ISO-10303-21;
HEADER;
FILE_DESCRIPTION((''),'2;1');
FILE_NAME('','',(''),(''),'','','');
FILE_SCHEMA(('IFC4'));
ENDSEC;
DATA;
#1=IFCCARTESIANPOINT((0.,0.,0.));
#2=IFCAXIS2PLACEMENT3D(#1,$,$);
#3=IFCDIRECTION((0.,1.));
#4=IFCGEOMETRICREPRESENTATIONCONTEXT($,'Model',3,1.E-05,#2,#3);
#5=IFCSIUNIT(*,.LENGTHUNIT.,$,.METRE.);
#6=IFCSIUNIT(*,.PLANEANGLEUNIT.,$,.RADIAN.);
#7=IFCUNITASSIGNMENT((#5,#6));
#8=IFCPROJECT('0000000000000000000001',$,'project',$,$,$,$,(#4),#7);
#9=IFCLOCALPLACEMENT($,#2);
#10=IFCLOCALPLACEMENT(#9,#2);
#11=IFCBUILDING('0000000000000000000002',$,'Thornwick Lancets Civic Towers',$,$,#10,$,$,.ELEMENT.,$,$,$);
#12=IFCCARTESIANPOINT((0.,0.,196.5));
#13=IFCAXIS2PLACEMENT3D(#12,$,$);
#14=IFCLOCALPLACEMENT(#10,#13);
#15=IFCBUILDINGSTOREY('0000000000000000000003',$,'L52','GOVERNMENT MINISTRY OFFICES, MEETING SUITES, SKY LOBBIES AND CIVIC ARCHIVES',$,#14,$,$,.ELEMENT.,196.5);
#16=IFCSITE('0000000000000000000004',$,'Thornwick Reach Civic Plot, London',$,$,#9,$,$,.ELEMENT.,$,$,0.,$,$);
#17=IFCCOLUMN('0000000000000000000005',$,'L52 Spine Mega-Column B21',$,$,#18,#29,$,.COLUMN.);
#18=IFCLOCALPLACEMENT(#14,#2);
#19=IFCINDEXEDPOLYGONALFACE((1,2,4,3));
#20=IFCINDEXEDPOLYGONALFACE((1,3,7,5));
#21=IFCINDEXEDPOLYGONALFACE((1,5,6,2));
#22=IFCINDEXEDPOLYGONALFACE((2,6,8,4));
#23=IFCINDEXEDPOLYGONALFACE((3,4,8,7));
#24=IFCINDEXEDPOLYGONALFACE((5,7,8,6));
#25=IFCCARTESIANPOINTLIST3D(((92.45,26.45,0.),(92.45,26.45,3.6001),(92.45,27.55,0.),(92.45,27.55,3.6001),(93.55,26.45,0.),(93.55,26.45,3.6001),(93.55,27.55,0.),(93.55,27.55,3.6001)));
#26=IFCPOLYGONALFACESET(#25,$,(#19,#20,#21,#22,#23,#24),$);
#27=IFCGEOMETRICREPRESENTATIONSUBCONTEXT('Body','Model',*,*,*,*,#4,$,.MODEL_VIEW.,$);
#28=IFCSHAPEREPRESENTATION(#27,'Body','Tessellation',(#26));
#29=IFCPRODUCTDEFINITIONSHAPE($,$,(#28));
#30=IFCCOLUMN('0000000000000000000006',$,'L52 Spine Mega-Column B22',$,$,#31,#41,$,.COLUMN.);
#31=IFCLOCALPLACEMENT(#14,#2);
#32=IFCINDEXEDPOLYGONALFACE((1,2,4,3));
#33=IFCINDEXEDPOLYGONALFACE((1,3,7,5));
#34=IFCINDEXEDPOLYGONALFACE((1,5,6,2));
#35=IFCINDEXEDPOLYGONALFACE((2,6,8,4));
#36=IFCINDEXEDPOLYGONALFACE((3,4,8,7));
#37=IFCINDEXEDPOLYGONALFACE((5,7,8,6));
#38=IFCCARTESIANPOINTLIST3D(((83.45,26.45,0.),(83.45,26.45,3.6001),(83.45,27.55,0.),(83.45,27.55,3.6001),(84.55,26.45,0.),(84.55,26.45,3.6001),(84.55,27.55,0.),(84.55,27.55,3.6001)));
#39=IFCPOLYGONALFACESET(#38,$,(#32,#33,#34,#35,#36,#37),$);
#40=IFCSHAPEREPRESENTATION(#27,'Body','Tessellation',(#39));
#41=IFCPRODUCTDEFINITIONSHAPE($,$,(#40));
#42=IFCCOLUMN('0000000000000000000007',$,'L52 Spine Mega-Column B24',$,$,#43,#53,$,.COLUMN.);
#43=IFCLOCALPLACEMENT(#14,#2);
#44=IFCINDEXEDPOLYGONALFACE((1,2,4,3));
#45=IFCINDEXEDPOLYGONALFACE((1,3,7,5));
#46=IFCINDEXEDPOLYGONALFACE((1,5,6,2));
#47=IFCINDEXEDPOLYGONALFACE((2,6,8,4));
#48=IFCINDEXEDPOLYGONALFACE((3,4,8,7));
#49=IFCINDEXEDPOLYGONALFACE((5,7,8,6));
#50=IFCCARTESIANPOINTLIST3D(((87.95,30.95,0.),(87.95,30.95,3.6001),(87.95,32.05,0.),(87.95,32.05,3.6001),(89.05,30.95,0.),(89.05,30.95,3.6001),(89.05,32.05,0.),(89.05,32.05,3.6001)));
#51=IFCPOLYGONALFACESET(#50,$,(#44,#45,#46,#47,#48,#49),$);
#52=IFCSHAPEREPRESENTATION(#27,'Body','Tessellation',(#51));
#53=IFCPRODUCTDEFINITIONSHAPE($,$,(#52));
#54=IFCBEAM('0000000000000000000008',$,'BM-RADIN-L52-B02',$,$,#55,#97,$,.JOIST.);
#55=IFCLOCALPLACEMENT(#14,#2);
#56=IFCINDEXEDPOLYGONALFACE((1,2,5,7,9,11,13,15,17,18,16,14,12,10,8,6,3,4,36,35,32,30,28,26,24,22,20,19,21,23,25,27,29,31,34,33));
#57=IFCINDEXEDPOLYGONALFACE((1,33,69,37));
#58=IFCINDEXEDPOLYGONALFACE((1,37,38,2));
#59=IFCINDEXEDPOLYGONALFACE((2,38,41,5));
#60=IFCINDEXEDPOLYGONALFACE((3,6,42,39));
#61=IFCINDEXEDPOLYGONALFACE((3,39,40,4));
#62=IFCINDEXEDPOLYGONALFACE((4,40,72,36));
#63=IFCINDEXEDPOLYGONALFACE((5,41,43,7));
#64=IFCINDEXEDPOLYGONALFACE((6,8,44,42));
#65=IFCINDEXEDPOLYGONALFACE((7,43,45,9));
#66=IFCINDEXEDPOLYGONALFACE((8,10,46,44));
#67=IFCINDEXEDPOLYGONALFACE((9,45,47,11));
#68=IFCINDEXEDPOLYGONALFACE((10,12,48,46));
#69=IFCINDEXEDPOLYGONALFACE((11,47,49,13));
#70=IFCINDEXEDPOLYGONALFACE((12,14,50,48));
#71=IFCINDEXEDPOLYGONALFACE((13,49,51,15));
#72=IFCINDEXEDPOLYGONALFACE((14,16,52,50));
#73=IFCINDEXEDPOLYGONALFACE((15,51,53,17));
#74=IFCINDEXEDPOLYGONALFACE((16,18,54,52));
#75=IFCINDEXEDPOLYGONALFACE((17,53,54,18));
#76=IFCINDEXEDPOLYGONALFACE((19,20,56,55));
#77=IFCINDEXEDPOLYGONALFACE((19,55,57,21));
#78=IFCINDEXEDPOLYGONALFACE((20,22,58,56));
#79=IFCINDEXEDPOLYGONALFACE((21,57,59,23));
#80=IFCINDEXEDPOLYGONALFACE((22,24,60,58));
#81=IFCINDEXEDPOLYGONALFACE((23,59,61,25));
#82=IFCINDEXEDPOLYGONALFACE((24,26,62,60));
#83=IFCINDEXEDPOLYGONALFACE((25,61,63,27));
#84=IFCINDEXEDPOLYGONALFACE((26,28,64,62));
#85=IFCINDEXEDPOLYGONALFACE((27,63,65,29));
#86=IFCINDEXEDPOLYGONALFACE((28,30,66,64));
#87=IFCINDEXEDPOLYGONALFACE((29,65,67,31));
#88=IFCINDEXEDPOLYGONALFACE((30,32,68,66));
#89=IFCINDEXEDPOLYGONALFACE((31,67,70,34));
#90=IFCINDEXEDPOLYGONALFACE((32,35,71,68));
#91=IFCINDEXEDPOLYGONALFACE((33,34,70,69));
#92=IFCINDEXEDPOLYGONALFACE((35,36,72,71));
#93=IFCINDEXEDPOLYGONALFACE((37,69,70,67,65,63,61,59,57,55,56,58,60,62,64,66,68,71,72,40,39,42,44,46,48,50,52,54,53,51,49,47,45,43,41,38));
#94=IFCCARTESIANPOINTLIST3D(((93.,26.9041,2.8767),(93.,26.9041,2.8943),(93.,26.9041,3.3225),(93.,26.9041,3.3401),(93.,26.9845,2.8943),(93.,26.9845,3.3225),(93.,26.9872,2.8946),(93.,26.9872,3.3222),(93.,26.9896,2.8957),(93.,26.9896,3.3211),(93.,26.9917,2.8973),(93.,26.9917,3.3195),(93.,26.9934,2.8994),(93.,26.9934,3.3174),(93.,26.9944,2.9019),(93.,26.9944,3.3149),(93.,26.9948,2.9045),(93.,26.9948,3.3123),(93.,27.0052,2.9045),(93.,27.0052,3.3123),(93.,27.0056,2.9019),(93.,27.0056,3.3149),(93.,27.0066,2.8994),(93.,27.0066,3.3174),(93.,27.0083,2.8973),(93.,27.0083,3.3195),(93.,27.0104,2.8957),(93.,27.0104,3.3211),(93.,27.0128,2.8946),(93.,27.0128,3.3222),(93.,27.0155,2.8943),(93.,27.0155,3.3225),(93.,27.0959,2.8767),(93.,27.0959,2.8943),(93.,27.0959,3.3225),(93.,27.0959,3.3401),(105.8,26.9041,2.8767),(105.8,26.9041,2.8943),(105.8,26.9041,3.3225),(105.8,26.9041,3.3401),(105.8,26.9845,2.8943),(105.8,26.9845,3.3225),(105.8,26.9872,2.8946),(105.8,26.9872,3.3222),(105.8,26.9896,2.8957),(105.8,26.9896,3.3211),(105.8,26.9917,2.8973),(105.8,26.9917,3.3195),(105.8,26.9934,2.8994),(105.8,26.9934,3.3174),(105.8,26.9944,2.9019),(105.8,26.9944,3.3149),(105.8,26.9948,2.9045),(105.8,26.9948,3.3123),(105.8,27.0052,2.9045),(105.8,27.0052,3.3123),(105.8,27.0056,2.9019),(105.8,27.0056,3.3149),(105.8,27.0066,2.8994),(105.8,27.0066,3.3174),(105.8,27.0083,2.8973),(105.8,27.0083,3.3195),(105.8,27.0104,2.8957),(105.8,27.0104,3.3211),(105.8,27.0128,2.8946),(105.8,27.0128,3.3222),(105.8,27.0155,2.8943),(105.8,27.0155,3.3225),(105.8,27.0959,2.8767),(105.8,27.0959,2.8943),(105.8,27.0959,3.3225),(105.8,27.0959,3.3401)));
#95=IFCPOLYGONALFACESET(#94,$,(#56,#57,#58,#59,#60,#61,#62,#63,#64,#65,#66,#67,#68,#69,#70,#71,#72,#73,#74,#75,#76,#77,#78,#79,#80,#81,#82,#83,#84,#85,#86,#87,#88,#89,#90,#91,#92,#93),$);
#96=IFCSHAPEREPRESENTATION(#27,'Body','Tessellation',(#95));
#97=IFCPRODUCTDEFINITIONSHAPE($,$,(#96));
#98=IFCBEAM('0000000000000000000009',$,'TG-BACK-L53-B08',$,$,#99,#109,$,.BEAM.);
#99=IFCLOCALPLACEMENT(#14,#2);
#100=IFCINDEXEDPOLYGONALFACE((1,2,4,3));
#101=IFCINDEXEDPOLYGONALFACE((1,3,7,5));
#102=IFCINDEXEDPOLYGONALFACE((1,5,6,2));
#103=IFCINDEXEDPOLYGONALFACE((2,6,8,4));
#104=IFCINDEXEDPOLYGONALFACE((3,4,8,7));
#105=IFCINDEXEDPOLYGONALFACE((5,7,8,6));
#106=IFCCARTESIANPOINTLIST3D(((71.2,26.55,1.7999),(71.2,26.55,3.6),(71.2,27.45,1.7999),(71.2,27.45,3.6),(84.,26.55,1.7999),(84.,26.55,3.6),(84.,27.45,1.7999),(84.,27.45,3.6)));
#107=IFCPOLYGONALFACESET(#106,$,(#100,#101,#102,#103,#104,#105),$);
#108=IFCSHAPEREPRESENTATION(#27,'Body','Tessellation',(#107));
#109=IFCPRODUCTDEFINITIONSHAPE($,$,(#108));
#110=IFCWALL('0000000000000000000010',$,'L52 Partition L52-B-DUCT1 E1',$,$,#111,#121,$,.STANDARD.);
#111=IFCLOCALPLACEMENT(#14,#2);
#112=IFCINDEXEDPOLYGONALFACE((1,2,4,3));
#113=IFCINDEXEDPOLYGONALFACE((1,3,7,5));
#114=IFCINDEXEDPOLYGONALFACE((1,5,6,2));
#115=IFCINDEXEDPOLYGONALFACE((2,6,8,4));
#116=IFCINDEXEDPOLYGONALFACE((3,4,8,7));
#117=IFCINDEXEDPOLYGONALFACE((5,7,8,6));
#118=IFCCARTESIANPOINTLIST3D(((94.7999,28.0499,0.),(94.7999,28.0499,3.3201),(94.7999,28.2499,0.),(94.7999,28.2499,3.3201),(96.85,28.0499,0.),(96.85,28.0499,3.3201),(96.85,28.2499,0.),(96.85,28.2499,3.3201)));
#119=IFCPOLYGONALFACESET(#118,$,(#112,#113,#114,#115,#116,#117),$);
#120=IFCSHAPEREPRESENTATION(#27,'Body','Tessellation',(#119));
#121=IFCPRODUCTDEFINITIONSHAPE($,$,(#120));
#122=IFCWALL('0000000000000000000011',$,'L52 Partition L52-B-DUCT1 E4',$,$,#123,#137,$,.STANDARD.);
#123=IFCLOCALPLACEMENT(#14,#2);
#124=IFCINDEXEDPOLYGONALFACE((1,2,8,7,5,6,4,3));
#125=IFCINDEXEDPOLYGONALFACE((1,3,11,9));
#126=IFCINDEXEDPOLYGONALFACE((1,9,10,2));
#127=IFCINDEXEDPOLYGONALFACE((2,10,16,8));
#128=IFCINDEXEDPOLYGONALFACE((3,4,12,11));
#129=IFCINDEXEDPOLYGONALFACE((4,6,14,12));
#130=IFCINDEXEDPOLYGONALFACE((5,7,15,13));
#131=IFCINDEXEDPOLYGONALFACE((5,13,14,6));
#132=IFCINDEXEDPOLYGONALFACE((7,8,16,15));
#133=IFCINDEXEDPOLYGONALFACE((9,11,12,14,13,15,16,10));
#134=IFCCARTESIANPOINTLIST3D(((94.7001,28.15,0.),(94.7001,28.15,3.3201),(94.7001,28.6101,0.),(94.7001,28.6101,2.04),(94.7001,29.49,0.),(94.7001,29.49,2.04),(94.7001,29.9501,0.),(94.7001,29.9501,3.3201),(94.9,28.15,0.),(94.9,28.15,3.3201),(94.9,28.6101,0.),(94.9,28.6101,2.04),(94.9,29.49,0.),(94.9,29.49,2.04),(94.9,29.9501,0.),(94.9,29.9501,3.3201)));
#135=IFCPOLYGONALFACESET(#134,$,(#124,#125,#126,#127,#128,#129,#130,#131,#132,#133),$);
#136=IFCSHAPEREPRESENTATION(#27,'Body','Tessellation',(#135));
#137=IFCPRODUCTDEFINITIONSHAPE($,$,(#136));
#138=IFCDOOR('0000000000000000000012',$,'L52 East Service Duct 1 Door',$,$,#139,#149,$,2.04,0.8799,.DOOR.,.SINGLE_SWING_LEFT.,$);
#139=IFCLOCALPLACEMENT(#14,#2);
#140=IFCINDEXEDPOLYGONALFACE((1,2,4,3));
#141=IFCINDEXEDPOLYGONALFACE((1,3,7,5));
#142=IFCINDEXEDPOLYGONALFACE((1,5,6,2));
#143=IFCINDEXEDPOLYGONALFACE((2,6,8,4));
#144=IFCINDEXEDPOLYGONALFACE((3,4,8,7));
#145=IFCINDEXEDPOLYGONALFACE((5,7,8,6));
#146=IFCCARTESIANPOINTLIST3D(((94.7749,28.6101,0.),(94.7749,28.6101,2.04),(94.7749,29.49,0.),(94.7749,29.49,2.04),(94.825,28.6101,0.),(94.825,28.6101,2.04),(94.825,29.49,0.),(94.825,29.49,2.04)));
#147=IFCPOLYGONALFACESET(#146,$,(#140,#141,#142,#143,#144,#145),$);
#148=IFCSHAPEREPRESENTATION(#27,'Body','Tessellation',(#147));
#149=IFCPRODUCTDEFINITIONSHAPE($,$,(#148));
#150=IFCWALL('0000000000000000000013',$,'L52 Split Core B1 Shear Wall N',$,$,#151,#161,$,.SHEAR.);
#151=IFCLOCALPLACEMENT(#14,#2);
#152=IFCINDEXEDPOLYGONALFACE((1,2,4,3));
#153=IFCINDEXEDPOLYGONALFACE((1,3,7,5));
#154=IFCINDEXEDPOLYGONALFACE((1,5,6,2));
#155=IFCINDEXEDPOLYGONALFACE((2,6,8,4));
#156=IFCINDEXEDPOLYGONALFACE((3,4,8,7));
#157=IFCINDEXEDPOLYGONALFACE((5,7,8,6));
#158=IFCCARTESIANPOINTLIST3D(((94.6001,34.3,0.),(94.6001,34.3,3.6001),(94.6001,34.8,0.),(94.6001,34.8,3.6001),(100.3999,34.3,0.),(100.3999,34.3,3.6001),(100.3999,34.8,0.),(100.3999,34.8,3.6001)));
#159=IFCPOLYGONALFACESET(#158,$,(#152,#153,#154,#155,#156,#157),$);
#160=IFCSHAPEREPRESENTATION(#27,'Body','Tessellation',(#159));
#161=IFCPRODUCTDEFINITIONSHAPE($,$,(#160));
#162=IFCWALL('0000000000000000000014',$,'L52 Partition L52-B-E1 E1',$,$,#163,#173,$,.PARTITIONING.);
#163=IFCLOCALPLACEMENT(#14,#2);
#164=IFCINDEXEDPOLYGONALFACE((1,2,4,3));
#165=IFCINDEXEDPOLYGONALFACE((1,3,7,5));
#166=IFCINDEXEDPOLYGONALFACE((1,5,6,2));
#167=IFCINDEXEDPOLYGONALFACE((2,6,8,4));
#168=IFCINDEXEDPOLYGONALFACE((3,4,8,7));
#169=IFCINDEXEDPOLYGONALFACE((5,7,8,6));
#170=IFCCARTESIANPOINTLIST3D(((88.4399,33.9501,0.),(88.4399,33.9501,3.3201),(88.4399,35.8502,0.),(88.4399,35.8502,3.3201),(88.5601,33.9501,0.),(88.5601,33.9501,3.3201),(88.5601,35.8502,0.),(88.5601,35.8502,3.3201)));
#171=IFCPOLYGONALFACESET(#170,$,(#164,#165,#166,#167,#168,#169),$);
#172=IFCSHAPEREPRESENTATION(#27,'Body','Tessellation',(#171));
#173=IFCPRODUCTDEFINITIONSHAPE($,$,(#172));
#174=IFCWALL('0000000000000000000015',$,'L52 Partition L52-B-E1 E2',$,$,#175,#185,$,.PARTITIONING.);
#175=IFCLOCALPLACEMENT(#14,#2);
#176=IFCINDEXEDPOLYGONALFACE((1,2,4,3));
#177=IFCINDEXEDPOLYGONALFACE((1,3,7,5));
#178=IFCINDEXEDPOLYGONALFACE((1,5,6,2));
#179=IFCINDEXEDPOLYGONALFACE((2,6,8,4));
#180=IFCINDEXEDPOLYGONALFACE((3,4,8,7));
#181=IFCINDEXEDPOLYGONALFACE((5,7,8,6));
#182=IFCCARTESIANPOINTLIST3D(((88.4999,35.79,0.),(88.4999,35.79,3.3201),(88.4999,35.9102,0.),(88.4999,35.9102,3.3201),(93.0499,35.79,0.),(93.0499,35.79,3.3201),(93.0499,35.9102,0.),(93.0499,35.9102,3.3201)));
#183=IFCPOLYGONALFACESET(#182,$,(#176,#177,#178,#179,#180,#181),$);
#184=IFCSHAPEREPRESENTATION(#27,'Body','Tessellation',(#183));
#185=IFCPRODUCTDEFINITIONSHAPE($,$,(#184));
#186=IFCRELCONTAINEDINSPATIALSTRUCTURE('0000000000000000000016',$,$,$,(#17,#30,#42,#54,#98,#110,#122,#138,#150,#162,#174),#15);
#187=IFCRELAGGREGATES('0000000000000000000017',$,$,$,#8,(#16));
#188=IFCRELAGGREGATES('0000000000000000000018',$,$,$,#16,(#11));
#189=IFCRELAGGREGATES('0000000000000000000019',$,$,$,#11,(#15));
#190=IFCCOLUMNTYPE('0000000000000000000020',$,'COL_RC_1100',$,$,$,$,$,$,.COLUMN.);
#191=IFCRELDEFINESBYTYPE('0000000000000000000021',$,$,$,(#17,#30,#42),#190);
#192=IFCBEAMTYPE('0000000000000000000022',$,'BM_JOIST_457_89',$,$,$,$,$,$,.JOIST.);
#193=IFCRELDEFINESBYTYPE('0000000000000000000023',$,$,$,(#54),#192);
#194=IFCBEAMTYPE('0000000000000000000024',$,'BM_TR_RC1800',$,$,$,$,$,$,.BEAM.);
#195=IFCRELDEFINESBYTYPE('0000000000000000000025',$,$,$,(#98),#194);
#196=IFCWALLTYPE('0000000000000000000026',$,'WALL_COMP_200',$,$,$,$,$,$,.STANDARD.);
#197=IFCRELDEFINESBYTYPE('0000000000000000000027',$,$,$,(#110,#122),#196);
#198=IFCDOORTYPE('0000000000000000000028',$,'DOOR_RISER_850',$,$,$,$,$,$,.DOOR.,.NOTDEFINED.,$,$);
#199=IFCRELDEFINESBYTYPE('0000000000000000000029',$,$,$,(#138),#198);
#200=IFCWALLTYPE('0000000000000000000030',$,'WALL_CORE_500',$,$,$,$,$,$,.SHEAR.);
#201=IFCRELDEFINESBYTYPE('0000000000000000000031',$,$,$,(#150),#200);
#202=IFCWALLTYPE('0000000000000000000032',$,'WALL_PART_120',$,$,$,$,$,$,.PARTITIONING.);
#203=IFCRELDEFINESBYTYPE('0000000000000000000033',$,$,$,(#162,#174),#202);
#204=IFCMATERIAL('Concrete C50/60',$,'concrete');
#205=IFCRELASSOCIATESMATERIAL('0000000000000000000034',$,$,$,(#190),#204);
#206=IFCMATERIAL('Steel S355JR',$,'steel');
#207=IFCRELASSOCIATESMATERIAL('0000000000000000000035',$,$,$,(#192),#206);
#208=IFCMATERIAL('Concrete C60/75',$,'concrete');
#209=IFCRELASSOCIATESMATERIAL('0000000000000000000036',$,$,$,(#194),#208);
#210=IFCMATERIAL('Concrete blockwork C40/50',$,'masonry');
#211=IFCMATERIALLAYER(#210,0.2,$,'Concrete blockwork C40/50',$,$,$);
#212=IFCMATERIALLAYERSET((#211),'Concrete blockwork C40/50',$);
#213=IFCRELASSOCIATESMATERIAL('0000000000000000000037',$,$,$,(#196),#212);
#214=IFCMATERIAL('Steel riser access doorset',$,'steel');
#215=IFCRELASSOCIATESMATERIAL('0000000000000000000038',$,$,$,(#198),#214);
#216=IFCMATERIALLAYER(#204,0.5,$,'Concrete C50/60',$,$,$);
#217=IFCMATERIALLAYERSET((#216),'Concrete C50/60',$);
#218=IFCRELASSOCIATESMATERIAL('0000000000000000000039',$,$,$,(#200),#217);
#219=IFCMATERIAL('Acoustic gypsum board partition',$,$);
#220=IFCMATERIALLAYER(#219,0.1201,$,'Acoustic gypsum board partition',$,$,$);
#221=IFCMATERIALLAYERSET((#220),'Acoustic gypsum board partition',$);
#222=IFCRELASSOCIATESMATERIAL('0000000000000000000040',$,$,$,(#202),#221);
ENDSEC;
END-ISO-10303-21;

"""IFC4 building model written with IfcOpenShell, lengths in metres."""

from ifc_helpers import new_model, si_unit, direction, frame, frame_2d, origin, origin_2d, place, context, subcontext, project, spatial, rectangle, i_section, extrude, material, layer, layer_set, material_profile, profile_set, type_object, element, fill, save


model = new_model("IFC4")

# Units and contexts
model_context = context("Model", 3, precision=1e-05, world=origin(), true_north=direction((0.0, 1.0)))
body_context = subcontext(model_context, "Body", "Model", "MODEL_VIEW")
ifc_project = project(units=[si_unit("LENGTHUNIT", "METRE"), si_unit("PLANEANGLEUNIT", "RADIAN")], contexts=[model_context])

# Site, building, storey
site_placement = place(None, origin())
site = spatial("IfcSite", under=ifc_project, at=site_placement, Name="Thornwick Reach Civic Plot, London", CompositionType="ELEMENT", RefElevation=0.0)
building_placement = place(site_placement, origin())
building = spatial("IfcBuilding", under=site, at=building_placement, Name="Thornwick Lancets Civic Towers", CompositionType="ELEMENT")
storey_placement = place(building_placement, frame((0.0, 0.0, 196.5)))
storey = spatial("IfcBuildingStorey", under=building, at=storey_placement, Name="L52", Description="GOVERNMENT MINISTRY OFFICES, MEETING SUITES, SKY LOBBIES AND CIVIC ARCHIVES", CompositionType="ELEMENT", Elevation=196.5)

# Columns
ifc_material_1 = material(Name="Concrete C50/60", Category="concrete")
ifc_material_profile_1 = material_profile(ifc_material_1, rectangle(XDim=1.1001, YDim=1.1001, at=origin_2d()), Name="RC 1100x1100")
ifc_profile_set_1 = profile_set([ifc_material_profile_1], Name="Concrete C50/60")
column_type = type_object("IfcColumnType", Name="COL_RC_1100", PredefinedType="COLUMN", material=ifc_profile_set_1)
for number, where, z_axis, x_axis, name in (
    (1, (93.0, 27.0, 0.0), (0.0, 0.0, 1.0), (1.0, 0.0, 0.0), "L52 Spine Mega-Column B21"),
    (2, (84.0, 27.0, 0.0), (0.0, 0.0, 1.0), (1.0, 0.0, 0.0), "L52 Spine Mega-Column B22"),
    (3, (88.5, 31.5, 0.0), (0.0, 0.0, 1.0), (1.0, 0.0, 0.0), "L52 Spine Mega-Column B24"),
):
    element("IfcColumn", number, at=place(storey_placement, frame(where, z_axis=z_axis, x_axis=x_axis)), inside=storey, type_object=column_type, Name=name, PredefinedType="COLUMN", context=body_context, shape_type="SweptSolid", body=[
        extrude(rectangle(XDim=1.1001, YDim=1.1001, at=origin_2d()), origin(), (0.0, 0.0, 1.0), 3.6001),
    ])

# Beams
ifc_material_2 = material(Name="Steel S355JR", Category="steel")
ifc_material_profile_2 = material_profile(ifc_material_2, i_section(OverallWidth=0.1919, OverallDepth=0.4634, WebThickness=0.0105, FlangeThickness=0.0176, FilletRadius=0.0103, at=origin_2d()), Name="UKB 457x191x89")
ifc_profile_set_2 = profile_set([ifc_material_profile_2], Name="Steel S355JR")
beam_type_1 = type_object("IfcBeamType", Name="BM_JOIST_457_89", PredefinedType="JOIST", material=ifc_profile_set_2)
beam_1_placement = place(storey_placement, frame((93.0, 27.0, 3.1084), z_axis=(1.0, 0.0, 0.0), x_axis=(0.0, 1.0, 0.0)))
element("IfcBeam", 4, at=beam_1_placement, inside=storey, type_object=beam_type_1, Name="BM-RADIN-L52-B02", PredefinedType="JOIST", context=body_context, shape_type="SweptSolid", body=[
    extrude(i_section(OverallWidth=0.1919, OverallDepth=0.4634, WebThickness=0.0105, FlangeThickness=0.0176, FilletRadius=0.0103, at=origin_2d()), origin(), (0.0, 0.0, 1.0), 12.8),
])
ifc_material_3 = material(Name="Concrete C60/75", Category="concrete")
ifc_material_profile_3 = material_profile(ifc_material_3, rectangle(XDim=0.8999, YDim=1.8, at=origin_2d()), Name="RC 900x1800")
ifc_profile_set_3 = profile_set([ifc_material_profile_3], Name="Concrete C60/75")
beam_type_2 = type_object("IfcBeamType", Name="BM_TR_RC1800", PredefinedType="BEAM", material=ifc_profile_set_3)
beam_2_placement = place(storey_placement, frame((84.0, 27.0, 2.7), z_axis=(-1.0, 0.0, 0.0), x_axis=(0.0, -1.0, 0.0)))
element("IfcBeam", 5, at=beam_2_placement, inside=storey, type_object=beam_type_2, Name="TG-BACK-L53-B08", PredefinedType="BEAM", context=body_context, shape_type="SweptSolid", body=[
    extrude(rectangle(XDim=0.8999, YDim=1.8, at=origin_2d()), origin(), (0.0, 0.0, 1.0), 12.8),
])

# Wall
ifc_material_4 = material(Name="Concrete blockwork C40/50", Category="masonry")
ifc_layer_1 = layer(ifc_material_4, 0.2, Name="Concrete blockwork C40/50")
ifc_layer_set_1 = layer_set([ifc_layer_1], Name="Concrete blockwork C40/50")
wall_type_1 = type_object("IfcWallType", Name="WALL_COMP_200", PredefinedType="STANDARD", material=ifc_layer_set_1)
wall_1_placement = place(storey_placement, frame((94.8, 28.1499, 0.0), z_axis=(0.0, 0.0, 1.0), x_axis=(1.0, 0.0, 0.0)))
element("IfcWall", 6, at=wall_1_placement, inside=storey, type_object=wall_type_1, Name="L52 Partition L52-B-DUCT1 E1", PredefinedType="STANDARD", context=body_context, shape_type="SweptSolid", body=[
    extrude(rectangle(XDim=2.05, YDim=0.2, at=frame_2d((1.0249, 0.0))), origin(), (0.0, 0.0, 1.0), 3.3201),
])

# Wall, opening, door
wall_2_placement = place(storey_placement, frame((94.8, 29.95, 0.0), z_axis=(0.0, 0.0, 1.0), x_axis=(0.0, -1.0, 0.0)))
wall_2 = element("IfcWall", 7, at=wall_2_placement, inside=storey, type_object=wall_type_1, Name="L52 Partition L52-B-DUCT1 E4", PredefinedType="STANDARD", context=body_context, shape_type="SweptSolid", body=[
    extrude(rectangle(XDim=1.8, YDim=0.2, at=frame_2d((0.8999, 0.0))), origin(), (0.0, 0.0, 1.0), 3.3201),
])
opening_1_placement = place(wall_2_placement, frame((0.46, 0.0, 0.0)))
opening_1 = element("IfcOpeningElement", 8, at=opening_1_placement, cuts=wall_2, PredefinedType="OPENING", context=body_context, shape_type="SweptSolid", body=[
    extrude(rectangle(XDim=0.8799, YDim=2.04, at=frame_2d((0.4399, 1.02))), frame((0.0, 0.1099, 0.0), z_axis=(0.0, -1.0, 0.0), x_axis=(1.0, 0.0, 0.0)), (0.0, 0.0, 1.0), 0.22),
])
ifc_material_5 = material(Name="Steel riser access doorset", Category="steel")
door_type_1 = type_object("IfcDoorType", Name="DOOR_RISER_850", OperationType="NOTDEFINED", PredefinedType="DOOR", material=ifc_material_5)
door_1_placement = place(opening_1_placement, origin())
door_1 = element("IfcDoor", 9, at=door_1_placement, inside=storey, type_object=door_type_1, Name="L52 East Service Duct 1 Door", OperationType="SINGLE_SWING_LEFT", OverallHeight=2.04, OverallWidth=0.8799, PredefinedType="DOOR", context=body_context, shape_type="SweptSolid", body=[
    extrude(rectangle(XDim=0.8799, YDim=2.04, at=frame_2d((0.4399, 1.02))), frame((0.0, 0.0249, 0.0), z_axis=(0.0, -1.0, 0.0), x_axis=(1.0, 0.0, 0.0)), (0.0, 0.0, 1.0), 0.05),
])
fill(opening_1, door_1)

# Walls
ifc_layer_2 = layer(ifc_material_1, 0.5, Name="Concrete C50/60")
ifc_layer_set_2 = layer_set([ifc_layer_2], Name="Concrete C50/60")
wall_type_2 = type_object("IfcWallType", Name="WALL_CORE_500", PredefinedType="SHEAR", material=ifc_layer_set_2)
wall_3_placement = place(storey_placement, frame((94.6001, 34.55, 0.0), z_axis=(0.0, 0.0, 1.0), x_axis=(1.0, 0.0, 0.0)))
element("IfcWall", 10, at=wall_3_placement, inside=storey, type_object=wall_type_2, Name="L52 Split Core B1 Shear Wall N", PredefinedType="SHEAR", context=body_context, shape_type="SweptSolid", body=[
    extrude(rectangle(XDim=5.7998, YDim=0.5, at=frame_2d((2.8999, 0.0))), origin(), (0.0, 0.0, 1.0), 3.6001),
])
ifc_material_6 = material(Name="Acoustic gypsum board partition")
ifc_layer_3 = layer(ifc_material_6, 0.1201, Name="Acoustic gypsum board partition")
ifc_layer_set_3 = layer_set([ifc_layer_3], Name="Acoustic gypsum board partition")
wall_type_3 = type_object("IfcWallType", Name="WALL_PART_120", PredefinedType="PARTITIONING", material=ifc_layer_set_3)
wall_4_placement = place(storey_placement, frame((88.5, 33.95, 0.0), z_axis=(0.0, 0.0, 1.0), x_axis=(0.0, 1.0, 0.0)))
element("IfcWall", 11, at=wall_4_placement, inside=storey, type_object=wall_type_3, Name="L52 Partition L52-B-E1 E1", PredefinedType="PARTITIONING", context=body_context, shape_type="SweptSolid", body=[
    extrude(rectangle(XDim=1.9001, YDim=0.1201, at=frame_2d((0.9502, 0.0))), origin(), (0.0, 0.0, 1.0), 3.3201),
])
wall_5_placement = place(storey_placement, frame((88.5, 35.8501, 0.0), z_axis=(0.0, 0.0, 1.0), x_axis=(1.0, 0.0, 0.0)))
element("IfcWall", 12, at=wall_5_placement, inside=storey, type_object=wall_type_3, Name="L52 Partition L52-B-E1 E2", PredefinedType="PARTITIONING", context=body_context, shape_type="SweptSolid", body=[
    extrude(rectangle(XDim=4.55, YDim=0.1201, at=frame_2d((2.2749, 0.0))), origin(), (0.0, 0.0, 1.0), 3.3201),
])

save(model, "model.ifc")
